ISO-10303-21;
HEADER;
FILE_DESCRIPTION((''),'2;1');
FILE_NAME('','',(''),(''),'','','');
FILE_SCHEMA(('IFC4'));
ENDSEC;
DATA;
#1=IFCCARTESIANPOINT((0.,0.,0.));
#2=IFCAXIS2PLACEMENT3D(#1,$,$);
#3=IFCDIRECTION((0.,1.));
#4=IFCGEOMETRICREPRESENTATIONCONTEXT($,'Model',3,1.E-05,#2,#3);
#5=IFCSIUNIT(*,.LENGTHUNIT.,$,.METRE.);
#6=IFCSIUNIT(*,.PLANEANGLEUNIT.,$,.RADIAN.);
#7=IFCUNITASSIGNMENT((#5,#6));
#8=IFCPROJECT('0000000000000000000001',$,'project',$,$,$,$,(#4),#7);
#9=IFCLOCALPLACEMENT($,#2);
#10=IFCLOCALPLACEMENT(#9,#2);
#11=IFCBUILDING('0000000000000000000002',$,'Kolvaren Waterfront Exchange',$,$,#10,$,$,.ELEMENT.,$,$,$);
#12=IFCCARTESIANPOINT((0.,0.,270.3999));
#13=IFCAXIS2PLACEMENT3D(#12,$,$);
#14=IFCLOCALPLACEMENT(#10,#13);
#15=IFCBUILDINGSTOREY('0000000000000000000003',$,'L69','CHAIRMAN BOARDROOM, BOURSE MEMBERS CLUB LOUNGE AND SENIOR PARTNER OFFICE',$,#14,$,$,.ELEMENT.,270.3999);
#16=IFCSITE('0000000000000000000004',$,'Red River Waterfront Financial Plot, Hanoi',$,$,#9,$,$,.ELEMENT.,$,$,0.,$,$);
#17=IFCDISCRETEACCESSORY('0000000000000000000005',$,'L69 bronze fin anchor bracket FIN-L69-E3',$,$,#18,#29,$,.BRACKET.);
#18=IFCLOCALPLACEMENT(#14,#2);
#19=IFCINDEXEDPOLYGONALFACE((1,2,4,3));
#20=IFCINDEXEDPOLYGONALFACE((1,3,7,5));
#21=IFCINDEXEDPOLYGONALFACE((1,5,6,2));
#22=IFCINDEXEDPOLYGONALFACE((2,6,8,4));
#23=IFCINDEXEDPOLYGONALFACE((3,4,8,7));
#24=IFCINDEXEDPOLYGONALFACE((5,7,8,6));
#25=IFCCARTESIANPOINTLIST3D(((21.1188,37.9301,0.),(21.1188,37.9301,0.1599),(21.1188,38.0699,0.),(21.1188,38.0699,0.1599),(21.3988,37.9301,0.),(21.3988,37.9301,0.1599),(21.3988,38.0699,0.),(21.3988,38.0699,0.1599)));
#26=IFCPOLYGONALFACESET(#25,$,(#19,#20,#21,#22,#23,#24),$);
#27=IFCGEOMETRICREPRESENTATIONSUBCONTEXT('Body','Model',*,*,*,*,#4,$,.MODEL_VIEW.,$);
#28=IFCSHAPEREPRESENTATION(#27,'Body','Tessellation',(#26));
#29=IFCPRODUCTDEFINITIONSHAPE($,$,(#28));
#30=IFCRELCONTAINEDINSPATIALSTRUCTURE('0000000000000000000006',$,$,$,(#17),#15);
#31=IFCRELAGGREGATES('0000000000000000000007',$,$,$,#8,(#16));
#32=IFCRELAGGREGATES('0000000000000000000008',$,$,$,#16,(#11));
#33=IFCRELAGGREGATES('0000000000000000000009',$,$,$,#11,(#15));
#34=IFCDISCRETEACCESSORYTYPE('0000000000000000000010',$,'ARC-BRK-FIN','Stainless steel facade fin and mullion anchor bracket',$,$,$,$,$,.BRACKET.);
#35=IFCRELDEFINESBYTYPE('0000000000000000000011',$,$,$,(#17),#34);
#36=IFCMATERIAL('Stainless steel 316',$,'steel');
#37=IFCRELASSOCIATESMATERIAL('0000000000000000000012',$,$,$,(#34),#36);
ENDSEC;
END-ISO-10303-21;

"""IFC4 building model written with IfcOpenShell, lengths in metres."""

from ifc_helpers import new_model, si_unit, direction, frame, origin, origin_with_axes, origin_2d, place, context, subcontext, project, spatial, rectangle, extrude, source, transform, mapped, material, type_object, element, save


model = new_model("IFC4")

# Units and contexts
model_context = context("Model", 3, precision=1e-05, world=origin(), true_north=direction((0.0, 1.0)))
body_context = subcontext(model_context, "Body", "Model", "MODEL_VIEW")
ifc_project = project(units=[si_unit("LENGTHUNIT", "METRE"), si_unit("PLANEANGLEUNIT", "RADIAN")], contexts=[model_context])

# Site, building, storey
site_placement = place(None, origin())
site = spatial("IfcSite", under=ifc_project, at=site_placement, Name="Red River Waterfront Financial Plot, Hanoi", CompositionType="ELEMENT", RefElevation=0.0)
building_placement = place(site_placement, origin())
building = spatial("IfcBuilding", under=site, at=building_placement, Name="Kolvaren Waterfront Exchange", CompositionType="ELEMENT")
storey_placement = place(building_placement, frame((0.0, 0.0, 270.3999)))
storey = spatial("IfcBuildingStorey", under=building, at=storey_placement, Name="L69", Description="CHAIRMAN BOARDROOM, BOURSE MEMBERS CLUB LOUNGE AND SENIOR PARTNER OFFICE", CompositionType="ELEMENT", Elevation=270.3999)

# Shared definitions
ifc_material_1 = material(Name="Stainless steel 316", Category="steel")

# Discrete accessory
discrete_accessory_type = type_object("IfcDiscreteAccessoryType", Name="ARC-BRK-FIN", Description="Stainless steel facade fin and mullion anchor bracket", PredefinedType="BRACKET", material=ifc_material_1)
shared_shape_1 = source(origin_with_axes(), body_context, "Body", "SweptSolid", [
    extrude(rectangle(XDim=0.28, YDim=0.1399, at=origin_2d()), origin(), (0.0, 0.0, 1.0), 0.1599),
])
for number, where, z_axis, x_axis, name in (
    (1, (21.2588, 38.0, 0.0), (0.0, 0.0, 1.0), (1.0, 0.0, 0.0), "L69 bronze fin anchor bracket FIN-L69-E3"),
):
    element("IfcDiscreteAccessory", number, at=place(storey_placement, frame(where, z_axis=z_axis, x_axis=x_axis)), inside=storey, type_object=discrete_accessory_type, Name=name, PredefinedType="BRACKET", context=body_context, shape_type="MappedRepresentation", body=[
        mapped(shared_shape_1, transform((0.0, 0.0, 0.0), x_axis=(1.0, 0.0, 0.0), y_axis=(0.0, 1.0, 0.0), z_axis=(0.0, 0.0, 1.0), scale=1.0)),
    ])

save(model, "model.ifc")
